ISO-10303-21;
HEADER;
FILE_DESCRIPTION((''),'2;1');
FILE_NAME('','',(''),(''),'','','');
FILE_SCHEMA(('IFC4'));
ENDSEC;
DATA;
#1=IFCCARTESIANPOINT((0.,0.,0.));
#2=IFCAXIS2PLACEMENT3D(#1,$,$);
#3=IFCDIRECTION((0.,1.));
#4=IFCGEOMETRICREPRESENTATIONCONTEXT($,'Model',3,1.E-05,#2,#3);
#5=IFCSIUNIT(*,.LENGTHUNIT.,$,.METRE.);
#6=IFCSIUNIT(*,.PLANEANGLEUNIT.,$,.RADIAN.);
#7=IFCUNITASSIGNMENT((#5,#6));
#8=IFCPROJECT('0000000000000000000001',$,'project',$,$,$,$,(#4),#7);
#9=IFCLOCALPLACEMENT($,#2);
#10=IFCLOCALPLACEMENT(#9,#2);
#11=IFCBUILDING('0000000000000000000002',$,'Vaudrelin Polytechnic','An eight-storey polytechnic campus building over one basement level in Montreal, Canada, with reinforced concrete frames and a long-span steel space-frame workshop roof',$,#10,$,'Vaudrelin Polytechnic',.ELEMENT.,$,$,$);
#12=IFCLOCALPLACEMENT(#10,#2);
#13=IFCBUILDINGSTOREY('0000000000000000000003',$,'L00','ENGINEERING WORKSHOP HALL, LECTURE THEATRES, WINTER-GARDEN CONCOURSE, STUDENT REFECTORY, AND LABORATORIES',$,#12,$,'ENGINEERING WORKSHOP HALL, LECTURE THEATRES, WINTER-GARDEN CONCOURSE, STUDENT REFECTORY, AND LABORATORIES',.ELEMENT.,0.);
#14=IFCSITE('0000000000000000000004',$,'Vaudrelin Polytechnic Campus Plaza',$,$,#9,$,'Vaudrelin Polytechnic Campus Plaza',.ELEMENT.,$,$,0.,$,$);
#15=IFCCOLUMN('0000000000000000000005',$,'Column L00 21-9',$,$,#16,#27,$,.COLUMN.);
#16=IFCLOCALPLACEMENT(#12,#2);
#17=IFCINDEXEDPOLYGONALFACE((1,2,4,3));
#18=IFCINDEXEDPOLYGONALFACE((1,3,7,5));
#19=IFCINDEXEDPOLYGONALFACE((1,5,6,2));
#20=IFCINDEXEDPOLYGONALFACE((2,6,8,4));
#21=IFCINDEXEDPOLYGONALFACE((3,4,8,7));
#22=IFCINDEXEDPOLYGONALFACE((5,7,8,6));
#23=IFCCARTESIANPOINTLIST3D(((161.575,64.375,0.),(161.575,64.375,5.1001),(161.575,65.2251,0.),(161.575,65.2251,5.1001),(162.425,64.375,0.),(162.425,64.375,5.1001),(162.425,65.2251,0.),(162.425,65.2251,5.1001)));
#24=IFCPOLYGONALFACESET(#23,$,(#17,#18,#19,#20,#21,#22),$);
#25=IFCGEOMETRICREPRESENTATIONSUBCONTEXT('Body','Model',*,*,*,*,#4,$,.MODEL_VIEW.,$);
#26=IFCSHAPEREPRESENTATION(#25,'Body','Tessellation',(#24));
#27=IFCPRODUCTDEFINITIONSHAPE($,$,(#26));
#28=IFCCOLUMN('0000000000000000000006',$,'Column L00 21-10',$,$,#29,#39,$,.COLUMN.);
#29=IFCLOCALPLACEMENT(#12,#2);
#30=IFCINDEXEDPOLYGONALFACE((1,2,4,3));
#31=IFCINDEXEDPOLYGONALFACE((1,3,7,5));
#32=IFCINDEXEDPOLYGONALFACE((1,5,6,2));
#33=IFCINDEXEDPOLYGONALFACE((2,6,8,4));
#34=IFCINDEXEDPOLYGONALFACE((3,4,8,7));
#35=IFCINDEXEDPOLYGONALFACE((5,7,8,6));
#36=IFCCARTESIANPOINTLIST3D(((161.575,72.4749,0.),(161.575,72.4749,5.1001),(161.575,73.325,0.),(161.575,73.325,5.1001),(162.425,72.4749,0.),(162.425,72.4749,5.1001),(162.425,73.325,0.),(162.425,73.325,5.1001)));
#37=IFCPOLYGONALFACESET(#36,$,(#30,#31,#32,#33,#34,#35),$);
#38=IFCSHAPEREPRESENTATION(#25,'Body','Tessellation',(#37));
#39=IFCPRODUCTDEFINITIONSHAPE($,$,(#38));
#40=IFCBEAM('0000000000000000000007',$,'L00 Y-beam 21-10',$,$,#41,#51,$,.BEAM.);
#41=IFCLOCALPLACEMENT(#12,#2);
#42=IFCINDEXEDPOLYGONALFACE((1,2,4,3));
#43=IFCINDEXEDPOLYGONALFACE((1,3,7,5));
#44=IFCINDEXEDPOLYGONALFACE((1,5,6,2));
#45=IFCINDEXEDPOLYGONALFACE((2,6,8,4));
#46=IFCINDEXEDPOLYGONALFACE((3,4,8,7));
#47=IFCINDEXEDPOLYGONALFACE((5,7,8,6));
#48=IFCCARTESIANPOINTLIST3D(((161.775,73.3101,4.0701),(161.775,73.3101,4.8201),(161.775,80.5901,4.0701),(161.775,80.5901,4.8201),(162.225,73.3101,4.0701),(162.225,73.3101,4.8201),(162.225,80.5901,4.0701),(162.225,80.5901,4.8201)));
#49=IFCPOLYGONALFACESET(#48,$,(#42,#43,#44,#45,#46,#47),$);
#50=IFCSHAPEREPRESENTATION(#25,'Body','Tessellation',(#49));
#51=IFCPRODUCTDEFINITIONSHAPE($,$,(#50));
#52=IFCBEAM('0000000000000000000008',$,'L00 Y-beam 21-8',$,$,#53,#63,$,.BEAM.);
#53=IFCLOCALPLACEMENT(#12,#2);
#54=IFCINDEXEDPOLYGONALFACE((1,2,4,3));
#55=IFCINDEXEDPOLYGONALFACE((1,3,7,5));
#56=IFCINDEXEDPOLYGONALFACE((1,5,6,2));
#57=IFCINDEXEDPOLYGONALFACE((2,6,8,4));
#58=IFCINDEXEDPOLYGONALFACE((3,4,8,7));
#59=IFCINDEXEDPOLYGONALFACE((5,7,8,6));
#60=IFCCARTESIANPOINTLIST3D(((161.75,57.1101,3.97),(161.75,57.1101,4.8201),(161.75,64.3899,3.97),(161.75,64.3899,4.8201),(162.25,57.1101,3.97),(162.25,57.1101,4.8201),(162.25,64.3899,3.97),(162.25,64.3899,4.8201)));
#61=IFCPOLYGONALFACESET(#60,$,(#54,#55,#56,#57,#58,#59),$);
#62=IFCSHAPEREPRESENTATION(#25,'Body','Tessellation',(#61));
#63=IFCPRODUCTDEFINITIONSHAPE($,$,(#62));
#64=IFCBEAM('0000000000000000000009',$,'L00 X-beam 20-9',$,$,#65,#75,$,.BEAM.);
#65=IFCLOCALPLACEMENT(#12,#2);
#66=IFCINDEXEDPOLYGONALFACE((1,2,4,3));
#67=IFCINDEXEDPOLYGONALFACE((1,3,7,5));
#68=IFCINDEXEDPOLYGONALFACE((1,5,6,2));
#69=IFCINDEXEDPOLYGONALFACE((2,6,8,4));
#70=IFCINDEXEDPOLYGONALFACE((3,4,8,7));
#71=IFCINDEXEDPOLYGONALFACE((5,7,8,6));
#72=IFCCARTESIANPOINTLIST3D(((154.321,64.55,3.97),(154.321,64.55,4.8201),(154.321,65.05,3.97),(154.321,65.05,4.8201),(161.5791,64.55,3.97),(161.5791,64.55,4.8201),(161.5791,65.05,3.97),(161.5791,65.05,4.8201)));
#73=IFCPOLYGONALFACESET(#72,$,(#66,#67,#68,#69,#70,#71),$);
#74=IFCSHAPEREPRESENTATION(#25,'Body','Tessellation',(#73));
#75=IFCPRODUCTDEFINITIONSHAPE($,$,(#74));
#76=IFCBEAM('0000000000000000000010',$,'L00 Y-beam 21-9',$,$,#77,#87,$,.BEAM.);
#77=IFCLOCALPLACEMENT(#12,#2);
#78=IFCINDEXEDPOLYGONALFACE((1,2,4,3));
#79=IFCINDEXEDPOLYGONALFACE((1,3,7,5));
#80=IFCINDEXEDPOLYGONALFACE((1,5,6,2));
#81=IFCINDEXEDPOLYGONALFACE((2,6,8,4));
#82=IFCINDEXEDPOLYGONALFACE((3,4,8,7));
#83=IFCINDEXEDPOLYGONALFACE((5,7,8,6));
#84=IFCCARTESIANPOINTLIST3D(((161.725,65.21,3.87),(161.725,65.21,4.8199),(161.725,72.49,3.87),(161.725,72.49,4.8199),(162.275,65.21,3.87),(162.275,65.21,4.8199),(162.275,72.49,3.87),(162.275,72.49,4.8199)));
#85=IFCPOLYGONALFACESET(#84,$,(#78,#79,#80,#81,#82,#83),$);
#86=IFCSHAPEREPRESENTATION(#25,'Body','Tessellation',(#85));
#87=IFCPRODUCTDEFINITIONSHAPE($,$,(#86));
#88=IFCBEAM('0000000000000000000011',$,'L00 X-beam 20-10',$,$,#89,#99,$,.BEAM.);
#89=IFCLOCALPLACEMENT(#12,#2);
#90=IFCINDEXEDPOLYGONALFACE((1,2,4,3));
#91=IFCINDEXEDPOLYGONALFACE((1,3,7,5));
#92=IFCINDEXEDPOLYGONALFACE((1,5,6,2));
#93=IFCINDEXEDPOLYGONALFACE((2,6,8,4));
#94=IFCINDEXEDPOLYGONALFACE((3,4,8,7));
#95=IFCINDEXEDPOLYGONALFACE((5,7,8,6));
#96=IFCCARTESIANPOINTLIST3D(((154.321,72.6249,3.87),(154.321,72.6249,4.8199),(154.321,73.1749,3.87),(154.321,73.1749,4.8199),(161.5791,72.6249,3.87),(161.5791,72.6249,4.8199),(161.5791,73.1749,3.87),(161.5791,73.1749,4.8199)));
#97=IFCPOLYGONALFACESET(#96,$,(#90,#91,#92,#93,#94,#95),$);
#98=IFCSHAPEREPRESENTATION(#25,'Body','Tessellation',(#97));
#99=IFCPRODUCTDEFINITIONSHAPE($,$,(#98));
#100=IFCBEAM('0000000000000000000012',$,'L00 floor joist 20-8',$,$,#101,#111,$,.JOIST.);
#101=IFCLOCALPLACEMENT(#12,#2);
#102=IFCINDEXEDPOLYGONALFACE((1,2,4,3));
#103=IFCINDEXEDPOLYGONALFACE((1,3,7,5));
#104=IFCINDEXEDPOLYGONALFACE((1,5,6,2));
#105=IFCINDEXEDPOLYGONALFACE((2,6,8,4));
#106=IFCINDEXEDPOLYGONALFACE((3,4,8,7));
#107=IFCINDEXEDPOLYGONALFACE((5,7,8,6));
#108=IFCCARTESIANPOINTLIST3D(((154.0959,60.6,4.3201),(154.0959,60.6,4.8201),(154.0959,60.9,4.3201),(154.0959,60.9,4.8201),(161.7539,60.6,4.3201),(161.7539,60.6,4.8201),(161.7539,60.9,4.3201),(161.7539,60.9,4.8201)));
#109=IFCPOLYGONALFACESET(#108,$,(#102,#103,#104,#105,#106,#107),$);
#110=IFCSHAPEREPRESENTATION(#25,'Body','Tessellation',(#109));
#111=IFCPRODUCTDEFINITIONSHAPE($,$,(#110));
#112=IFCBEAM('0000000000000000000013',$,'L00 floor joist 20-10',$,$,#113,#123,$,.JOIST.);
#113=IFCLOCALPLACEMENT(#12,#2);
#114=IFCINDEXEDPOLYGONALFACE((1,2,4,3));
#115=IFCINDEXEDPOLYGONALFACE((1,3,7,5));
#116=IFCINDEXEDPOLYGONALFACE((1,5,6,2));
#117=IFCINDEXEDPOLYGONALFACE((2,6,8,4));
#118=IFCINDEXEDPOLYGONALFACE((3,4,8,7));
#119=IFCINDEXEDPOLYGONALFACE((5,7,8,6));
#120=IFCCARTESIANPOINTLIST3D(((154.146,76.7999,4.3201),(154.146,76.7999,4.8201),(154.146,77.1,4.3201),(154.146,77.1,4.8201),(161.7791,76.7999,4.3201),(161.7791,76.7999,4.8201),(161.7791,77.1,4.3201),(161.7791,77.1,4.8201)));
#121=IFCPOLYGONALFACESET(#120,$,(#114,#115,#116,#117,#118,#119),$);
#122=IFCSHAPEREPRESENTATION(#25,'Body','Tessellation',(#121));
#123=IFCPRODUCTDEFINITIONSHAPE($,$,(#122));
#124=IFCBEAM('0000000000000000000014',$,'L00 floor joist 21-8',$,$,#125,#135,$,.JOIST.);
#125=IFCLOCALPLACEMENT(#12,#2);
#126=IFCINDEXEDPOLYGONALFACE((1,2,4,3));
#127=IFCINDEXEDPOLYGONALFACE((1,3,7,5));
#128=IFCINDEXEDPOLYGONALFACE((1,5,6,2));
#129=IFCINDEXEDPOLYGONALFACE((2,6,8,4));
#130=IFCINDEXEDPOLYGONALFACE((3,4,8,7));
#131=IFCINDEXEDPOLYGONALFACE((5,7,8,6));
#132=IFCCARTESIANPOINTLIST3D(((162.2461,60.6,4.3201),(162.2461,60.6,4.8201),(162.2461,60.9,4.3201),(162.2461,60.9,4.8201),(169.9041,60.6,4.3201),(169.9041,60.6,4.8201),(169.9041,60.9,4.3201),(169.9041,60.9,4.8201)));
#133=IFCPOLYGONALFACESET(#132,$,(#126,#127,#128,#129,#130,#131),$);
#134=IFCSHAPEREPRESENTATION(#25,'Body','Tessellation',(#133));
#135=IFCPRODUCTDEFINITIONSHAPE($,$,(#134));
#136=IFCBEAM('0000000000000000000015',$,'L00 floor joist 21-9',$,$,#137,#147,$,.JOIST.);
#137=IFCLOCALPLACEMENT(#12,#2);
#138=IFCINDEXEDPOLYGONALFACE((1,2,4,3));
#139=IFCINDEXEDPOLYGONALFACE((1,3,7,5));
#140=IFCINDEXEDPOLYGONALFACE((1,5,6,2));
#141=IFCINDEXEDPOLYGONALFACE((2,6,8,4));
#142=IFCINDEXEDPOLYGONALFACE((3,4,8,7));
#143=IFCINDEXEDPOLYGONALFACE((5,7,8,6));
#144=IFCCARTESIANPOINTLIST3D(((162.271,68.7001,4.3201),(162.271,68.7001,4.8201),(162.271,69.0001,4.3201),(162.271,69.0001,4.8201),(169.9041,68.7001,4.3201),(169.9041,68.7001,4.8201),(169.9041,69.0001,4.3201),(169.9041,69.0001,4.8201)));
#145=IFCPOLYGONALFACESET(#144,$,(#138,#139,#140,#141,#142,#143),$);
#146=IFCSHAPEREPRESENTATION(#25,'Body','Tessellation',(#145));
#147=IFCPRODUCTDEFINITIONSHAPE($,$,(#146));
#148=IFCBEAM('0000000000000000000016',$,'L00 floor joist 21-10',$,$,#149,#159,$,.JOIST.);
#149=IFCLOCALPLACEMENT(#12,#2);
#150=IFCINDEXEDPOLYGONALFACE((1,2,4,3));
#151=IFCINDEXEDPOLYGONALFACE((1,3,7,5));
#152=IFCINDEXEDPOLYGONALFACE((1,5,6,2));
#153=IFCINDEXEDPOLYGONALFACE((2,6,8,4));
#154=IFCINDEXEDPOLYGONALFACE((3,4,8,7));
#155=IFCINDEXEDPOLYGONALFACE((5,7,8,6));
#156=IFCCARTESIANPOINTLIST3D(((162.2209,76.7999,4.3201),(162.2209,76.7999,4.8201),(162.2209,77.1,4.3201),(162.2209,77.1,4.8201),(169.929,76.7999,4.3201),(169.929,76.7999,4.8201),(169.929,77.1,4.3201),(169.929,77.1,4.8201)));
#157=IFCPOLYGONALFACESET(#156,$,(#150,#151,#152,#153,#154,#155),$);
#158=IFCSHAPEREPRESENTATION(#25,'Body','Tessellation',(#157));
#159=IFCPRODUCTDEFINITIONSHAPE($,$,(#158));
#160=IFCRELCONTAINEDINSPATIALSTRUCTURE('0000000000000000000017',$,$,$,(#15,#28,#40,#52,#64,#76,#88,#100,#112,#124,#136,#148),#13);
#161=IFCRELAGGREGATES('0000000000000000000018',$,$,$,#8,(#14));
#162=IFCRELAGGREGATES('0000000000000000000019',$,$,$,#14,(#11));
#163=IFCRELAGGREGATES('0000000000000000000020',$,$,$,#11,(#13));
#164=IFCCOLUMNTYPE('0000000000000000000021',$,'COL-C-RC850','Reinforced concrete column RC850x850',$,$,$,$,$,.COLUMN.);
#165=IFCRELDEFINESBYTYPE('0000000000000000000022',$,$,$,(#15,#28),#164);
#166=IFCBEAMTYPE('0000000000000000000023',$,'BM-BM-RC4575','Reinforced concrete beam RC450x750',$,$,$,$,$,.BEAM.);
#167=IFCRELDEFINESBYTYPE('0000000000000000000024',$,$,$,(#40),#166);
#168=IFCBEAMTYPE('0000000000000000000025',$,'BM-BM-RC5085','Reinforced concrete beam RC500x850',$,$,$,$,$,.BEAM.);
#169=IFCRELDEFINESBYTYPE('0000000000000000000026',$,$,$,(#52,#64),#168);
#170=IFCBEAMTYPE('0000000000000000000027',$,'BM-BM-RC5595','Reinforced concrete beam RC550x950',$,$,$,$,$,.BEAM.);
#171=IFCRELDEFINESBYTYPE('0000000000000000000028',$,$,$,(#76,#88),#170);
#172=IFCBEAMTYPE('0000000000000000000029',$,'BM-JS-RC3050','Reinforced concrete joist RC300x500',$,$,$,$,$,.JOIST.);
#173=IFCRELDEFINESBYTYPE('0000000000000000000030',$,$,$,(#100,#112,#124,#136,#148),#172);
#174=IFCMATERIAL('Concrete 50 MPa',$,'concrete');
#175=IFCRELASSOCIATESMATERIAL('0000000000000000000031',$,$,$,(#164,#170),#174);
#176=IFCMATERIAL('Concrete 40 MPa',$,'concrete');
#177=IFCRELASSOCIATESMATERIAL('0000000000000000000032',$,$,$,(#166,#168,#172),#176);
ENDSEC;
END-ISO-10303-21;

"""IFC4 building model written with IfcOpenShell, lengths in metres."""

from ifc_helpers import new_model, si_unit, direction, frame, origin, origin_2d, place, context, subcontext, project, spatial, rectangle, extrude, material, material_profile, profile_set, type_object, element, save


model = new_model("IFC4")

# Units and contexts
model_context = context("Model", 3, precision=1e-05, world=origin(), true_north=direction((0.0, 1.0)))
body_context = subcontext(model_context, "Body", "Model", "MODEL_VIEW")
ifc_project = project(units=[si_unit("LENGTHUNIT", "METRE"), si_unit("PLANEANGLEUNIT", "RADIAN")], contexts=[model_context])

# Site, building, storey
site_placement = place(None, origin())
site = spatial("IfcSite", under=ifc_project, at=site_placement, Name="Vaudrelin Polytechnic Campus Plaza", LongName="Vaudrelin Polytechnic Campus Plaza", CompositionType="ELEMENT", RefElevation=0.0)
building_placement = place(site_placement, origin())
building = spatial("IfcBuilding", under=site, at=building_placement, Name="Vaudrelin Polytechnic", Description="An eight-storey polytechnic campus building over one basement level in Montreal, Canada, with reinforced concrete frames and a long-span steel space-frame workshop roof", LongName="Vaudrelin Polytechnic", CompositionType="ELEMENT")
storey_placement = place(building_placement, origin())
storey = spatial("IfcBuildingStorey", under=building, at=storey_placement, Name="L00", Description="ENGINEERING WORKSHOP HALL, LECTURE THEATRES, WINTER-GARDEN CONCOURSE, STUDENT REFECTORY, AND LABORATORIES", LongName="ENGINEERING WORKSHOP HALL, LECTURE THEATRES, WINTER-GARDEN CONCOURSE, STUDENT REFECTORY, AND LABORATORIES", CompositionType="ELEMENT", Elevation=0.0)

# Columns
ifc_material_1 = material(Name="Concrete 50 MPa", Category="concrete")
ifc_material_profile_1 = material_profile(ifc_material_1, rectangle(XDim=0.8501, YDim=0.8501, at=origin_2d()), Name="RC850x850")
ifc_profile_set_1 = profile_set([ifc_material_profile_1], Name="Concrete 50 MPa")
column_type = type_object("IfcColumnType", Name="COL-C-RC850", Description="Reinforced concrete column RC850x850", PredefinedType="COLUMN", material=ifc_profile_set_1)
for number, where, z_axis, x_axis, name in (
    (1, (162.0, 64.8, 0.0), (0.0, 0.0, 1.0), (1.0, 0.0, 0.0), "Column L00 21-9"),
    (2, (162.0, 72.8999, 0.0), (0.0, 0.0, 1.0), (1.0, 0.0, 0.0), "Column L00 21-10"),
):
    element("IfcColumn", number, at=place(storey_placement, frame(where, z_axis=z_axis, x_axis=x_axis)), inside=storey, type_object=column_type, Name=name, PredefinedType="COLUMN", context=body_context, shape_type="SweptSolid", body=[
        extrude(rectangle(XDim=0.8501, YDim=0.8501, at=origin_2d()), origin(), (0.0, 0.0, 1.0), 5.1001),
    ])

# Beams
ifc_material_2 = material(Name="Concrete 40 MPa", Category="concrete")
ifc_material_profile_2 = material_profile(ifc_material_2, rectangle(XDim=0.45, YDim=0.75, at=origin_2d()), Name="RC450x750")
ifc_profile_set_2 = profile_set([ifc_material_profile_2], Name="Concrete 40 MPa")
beam_type_1 = type_object("IfcBeamType", Name="BM-BM-RC4575", Description="Reinforced concrete beam RC450x750", PredefinedType="BEAM", material=ifc_profile_set_2)
beam_1_placement = place(storey_placement, frame((162.0, 73.3101, 4.4451), z_axis=(0.0, 1.0, 0.0), x_axis=(-1.0, 0.0, 0.0)))
element("IfcBeam", 3, at=beam_1_placement, inside=storey, type_object=beam_type_1, Name="L00 Y-beam 21-10", PredefinedType="BEAM", context=body_context, shape_type="SweptSolid", body=[
    extrude(rectangle(XDim=0.45, YDim=0.75, at=origin_2d()), origin(), (0.0, 0.0, 1.0), 7.28),
])
ifc_material_profile_3 = material_profile(ifc_material_2, rectangle(XDim=0.5, YDim=0.8501, at=origin_2d()), Name="RC500x850")
ifc_profile_set_3 = profile_set([ifc_material_profile_3], Name="Concrete 40 MPa")
beam_type_2 = type_object("IfcBeamType", Name="BM-BM-RC5085", Description="Reinforced concrete beam RC500x850", PredefinedType="BEAM", material=ifc_profile_set_3)
beam_2_placement = place(storey_placement, frame((162.0, 57.1101, 4.395), z_axis=(0.0, 1.0, 0.0), x_axis=(-1.0, 0.0, 0.0)))
element("IfcBeam", 4, at=beam_2_placement, inside=storey, type_object=beam_type_2, Name="L00 Y-beam 21-8", PredefinedType="BEAM", context=body_context, shape_type="SweptSolid", body=[
    extrude(rectangle(XDim=0.5, YDim=0.8501, at=origin_2d()), origin(), (0.0, 0.0, 1.0), 7.2798),
])
beam_3_placement = place(storey_placement, frame((154.321, 64.8, 4.395), z_axis=(1.0, 0.0, 0.0), x_axis=(0.0, 1.0, 0.0)))
element("IfcBeam", 5, at=beam_3_placement, inside=storey, type_object=beam_type_2, Name="L00 X-beam 20-9", PredefinedType="BEAM", context=body_context, shape_type="SweptSolid", body=[
    extrude(rectangle(XDim=0.5, YDim=0.8501, at=origin_2d()), origin(), (0.0, 0.0, 1.0), 7.2581),
])
ifc_material_profile_4 = material_profile(ifc_material_1, rectangle(XDim=0.55, YDim=0.95, at=origin_2d()), Name="RC550x950")
ifc_profile_set_4 = profile_set([ifc_material_profile_4], Name="Concrete 50 MPa")
beam_type_3 = type_object("IfcBeamType", Name="BM-BM-RC5595", Description="Reinforced concrete beam RC550x950", PredefinedType="BEAM", material=ifc_profile_set_4)
beam_4_placement = place(storey_placement, frame((162.0, 65.21, 4.345), z_axis=(0.0, 1.0, 0.0), x_axis=(-1.0, 0.0, 0.0)))
element("IfcBeam", 6, at=beam_4_placement, inside=storey, type_object=beam_type_3, Name="L00 Y-beam 21-9", PredefinedType="BEAM", context=body_context, shape_type="SweptSolid", body=[
    extrude(rectangle(XDim=0.55, YDim=0.95, at=origin_2d()), origin(), (0.0, 0.0, 1.0), 7.28),
])
beam_5_placement = place(storey_placement, frame((154.321, 72.8999, 4.345), z_axis=(1.0, 0.0, 0.0), x_axis=(0.0, 1.0, 0.0)))
element("IfcBeam", 7, at=beam_5_placement, inside=storey, type_object=beam_type_3, Name="L00 X-beam 20-10", PredefinedType="BEAM", context=body_context, shape_type="SweptSolid", body=[
    extrude(rectangle(XDim=0.55, YDim=0.95, at=origin_2d()), origin(), (0.0, 0.0, 1.0), 7.2581),
])
ifc_material_profile_5 = material_profile(ifc_material_2, rectangle(XDim=0.3, YDim=0.5, at=origin_2d()), Name="RC300x500")
ifc_profile_set_5 = profile_set([ifc_material_profile_5], Name="Concrete 40 MPa")
beam_type_4 = type_object("IfcBeamType", Name="BM-JS-RC3050", Description="Reinforced concrete joist RC300x500", PredefinedType="JOIST", material=ifc_profile_set_5)
beam_6_placement = place(storey_placement, frame((154.0959, 60.75, 4.5701), z_axis=(1.0, 0.0, 0.0), x_axis=(0.0, 1.0, 0.0)))
element("IfcBeam", 8, at=beam_6_placement, inside=storey, type_object=beam_type_4, Name="L00 floor joist 20-8", PredefinedType="JOIST", context=body_context, shape_type="SweptSolid", body=[
    extrude(rectangle(XDim=0.3, YDim=0.5, at=origin_2d()), origin(), (0.0, 0.0, 1.0), 7.658),
])
beam_7_placement = place(storey_placement, frame((154.146, 76.95, 4.5701), z_axis=(1.0, 0.0, 0.0), x_axis=(0.0, 1.0, 0.0)))
element("IfcBeam", 9, at=beam_7_placement, inside=storey, type_object=beam_type_4, Name="L00 floor joist 20-10", PredefinedType="JOIST", context=body_context, shape_type="SweptSolid", body=[
    extrude(rectangle(XDim=0.3, YDim=0.5, at=origin_2d()), origin(), (0.0, 0.0, 1.0), 7.6331),
])
beam_8_placement = place(storey_placement, frame((162.2461, 60.75, 4.5701), z_axis=(1.0, 0.0, 0.0), x_axis=(0.0, 1.0, 0.0)))
element("IfcBeam", 10, at=beam_8_placement, inside=storey, type_object=beam_type_4, Name="L00 floor joist 21-8", PredefinedType="JOIST", context=body_context, shape_type="SweptSolid", body=[
    extrude(rectangle(XDim=0.3, YDim=0.5, at=origin_2d()), origin(), (0.0, 0.0, 1.0), 7.658),
])
beam_9_placement = place(storey_placement, frame((162.271, 68.8501, 4.5701), z_axis=(1.0, 0.0, 0.0), x_axis=(0.0, 1.0, 0.0)))
element("IfcBeam", 11, at=beam_9_placement, inside=storey, type_object=beam_type_4, Name="L00 floor joist 21-9", PredefinedType="JOIST", context=body_context, shape_type="SweptSolid", body=[
    extrude(rectangle(XDim=0.3, YDim=0.5, at=origin_2d()), origin(), (0.0, 0.0, 1.0), 7.6331),
])
beam_10_placement = place(storey_placement, frame((162.2209, 76.95, 4.5701), z_axis=(1.0, 0.0, 0.0), x_axis=(0.0, 1.0, 0.0)))
element("IfcBeam", 12, at=beam_10_placement, inside=storey, type_object=beam_type_4, Name="L00 floor joist 21-10", PredefinedType="JOIST", context=body_context, shape_type="SweptSolid", body=[
    extrude(rectangle(XDim=0.3, YDim=0.5, at=origin_2d()), origin(), (0.0, 0.0, 1.0), 7.708),
])

save(model, "model.ifc")
